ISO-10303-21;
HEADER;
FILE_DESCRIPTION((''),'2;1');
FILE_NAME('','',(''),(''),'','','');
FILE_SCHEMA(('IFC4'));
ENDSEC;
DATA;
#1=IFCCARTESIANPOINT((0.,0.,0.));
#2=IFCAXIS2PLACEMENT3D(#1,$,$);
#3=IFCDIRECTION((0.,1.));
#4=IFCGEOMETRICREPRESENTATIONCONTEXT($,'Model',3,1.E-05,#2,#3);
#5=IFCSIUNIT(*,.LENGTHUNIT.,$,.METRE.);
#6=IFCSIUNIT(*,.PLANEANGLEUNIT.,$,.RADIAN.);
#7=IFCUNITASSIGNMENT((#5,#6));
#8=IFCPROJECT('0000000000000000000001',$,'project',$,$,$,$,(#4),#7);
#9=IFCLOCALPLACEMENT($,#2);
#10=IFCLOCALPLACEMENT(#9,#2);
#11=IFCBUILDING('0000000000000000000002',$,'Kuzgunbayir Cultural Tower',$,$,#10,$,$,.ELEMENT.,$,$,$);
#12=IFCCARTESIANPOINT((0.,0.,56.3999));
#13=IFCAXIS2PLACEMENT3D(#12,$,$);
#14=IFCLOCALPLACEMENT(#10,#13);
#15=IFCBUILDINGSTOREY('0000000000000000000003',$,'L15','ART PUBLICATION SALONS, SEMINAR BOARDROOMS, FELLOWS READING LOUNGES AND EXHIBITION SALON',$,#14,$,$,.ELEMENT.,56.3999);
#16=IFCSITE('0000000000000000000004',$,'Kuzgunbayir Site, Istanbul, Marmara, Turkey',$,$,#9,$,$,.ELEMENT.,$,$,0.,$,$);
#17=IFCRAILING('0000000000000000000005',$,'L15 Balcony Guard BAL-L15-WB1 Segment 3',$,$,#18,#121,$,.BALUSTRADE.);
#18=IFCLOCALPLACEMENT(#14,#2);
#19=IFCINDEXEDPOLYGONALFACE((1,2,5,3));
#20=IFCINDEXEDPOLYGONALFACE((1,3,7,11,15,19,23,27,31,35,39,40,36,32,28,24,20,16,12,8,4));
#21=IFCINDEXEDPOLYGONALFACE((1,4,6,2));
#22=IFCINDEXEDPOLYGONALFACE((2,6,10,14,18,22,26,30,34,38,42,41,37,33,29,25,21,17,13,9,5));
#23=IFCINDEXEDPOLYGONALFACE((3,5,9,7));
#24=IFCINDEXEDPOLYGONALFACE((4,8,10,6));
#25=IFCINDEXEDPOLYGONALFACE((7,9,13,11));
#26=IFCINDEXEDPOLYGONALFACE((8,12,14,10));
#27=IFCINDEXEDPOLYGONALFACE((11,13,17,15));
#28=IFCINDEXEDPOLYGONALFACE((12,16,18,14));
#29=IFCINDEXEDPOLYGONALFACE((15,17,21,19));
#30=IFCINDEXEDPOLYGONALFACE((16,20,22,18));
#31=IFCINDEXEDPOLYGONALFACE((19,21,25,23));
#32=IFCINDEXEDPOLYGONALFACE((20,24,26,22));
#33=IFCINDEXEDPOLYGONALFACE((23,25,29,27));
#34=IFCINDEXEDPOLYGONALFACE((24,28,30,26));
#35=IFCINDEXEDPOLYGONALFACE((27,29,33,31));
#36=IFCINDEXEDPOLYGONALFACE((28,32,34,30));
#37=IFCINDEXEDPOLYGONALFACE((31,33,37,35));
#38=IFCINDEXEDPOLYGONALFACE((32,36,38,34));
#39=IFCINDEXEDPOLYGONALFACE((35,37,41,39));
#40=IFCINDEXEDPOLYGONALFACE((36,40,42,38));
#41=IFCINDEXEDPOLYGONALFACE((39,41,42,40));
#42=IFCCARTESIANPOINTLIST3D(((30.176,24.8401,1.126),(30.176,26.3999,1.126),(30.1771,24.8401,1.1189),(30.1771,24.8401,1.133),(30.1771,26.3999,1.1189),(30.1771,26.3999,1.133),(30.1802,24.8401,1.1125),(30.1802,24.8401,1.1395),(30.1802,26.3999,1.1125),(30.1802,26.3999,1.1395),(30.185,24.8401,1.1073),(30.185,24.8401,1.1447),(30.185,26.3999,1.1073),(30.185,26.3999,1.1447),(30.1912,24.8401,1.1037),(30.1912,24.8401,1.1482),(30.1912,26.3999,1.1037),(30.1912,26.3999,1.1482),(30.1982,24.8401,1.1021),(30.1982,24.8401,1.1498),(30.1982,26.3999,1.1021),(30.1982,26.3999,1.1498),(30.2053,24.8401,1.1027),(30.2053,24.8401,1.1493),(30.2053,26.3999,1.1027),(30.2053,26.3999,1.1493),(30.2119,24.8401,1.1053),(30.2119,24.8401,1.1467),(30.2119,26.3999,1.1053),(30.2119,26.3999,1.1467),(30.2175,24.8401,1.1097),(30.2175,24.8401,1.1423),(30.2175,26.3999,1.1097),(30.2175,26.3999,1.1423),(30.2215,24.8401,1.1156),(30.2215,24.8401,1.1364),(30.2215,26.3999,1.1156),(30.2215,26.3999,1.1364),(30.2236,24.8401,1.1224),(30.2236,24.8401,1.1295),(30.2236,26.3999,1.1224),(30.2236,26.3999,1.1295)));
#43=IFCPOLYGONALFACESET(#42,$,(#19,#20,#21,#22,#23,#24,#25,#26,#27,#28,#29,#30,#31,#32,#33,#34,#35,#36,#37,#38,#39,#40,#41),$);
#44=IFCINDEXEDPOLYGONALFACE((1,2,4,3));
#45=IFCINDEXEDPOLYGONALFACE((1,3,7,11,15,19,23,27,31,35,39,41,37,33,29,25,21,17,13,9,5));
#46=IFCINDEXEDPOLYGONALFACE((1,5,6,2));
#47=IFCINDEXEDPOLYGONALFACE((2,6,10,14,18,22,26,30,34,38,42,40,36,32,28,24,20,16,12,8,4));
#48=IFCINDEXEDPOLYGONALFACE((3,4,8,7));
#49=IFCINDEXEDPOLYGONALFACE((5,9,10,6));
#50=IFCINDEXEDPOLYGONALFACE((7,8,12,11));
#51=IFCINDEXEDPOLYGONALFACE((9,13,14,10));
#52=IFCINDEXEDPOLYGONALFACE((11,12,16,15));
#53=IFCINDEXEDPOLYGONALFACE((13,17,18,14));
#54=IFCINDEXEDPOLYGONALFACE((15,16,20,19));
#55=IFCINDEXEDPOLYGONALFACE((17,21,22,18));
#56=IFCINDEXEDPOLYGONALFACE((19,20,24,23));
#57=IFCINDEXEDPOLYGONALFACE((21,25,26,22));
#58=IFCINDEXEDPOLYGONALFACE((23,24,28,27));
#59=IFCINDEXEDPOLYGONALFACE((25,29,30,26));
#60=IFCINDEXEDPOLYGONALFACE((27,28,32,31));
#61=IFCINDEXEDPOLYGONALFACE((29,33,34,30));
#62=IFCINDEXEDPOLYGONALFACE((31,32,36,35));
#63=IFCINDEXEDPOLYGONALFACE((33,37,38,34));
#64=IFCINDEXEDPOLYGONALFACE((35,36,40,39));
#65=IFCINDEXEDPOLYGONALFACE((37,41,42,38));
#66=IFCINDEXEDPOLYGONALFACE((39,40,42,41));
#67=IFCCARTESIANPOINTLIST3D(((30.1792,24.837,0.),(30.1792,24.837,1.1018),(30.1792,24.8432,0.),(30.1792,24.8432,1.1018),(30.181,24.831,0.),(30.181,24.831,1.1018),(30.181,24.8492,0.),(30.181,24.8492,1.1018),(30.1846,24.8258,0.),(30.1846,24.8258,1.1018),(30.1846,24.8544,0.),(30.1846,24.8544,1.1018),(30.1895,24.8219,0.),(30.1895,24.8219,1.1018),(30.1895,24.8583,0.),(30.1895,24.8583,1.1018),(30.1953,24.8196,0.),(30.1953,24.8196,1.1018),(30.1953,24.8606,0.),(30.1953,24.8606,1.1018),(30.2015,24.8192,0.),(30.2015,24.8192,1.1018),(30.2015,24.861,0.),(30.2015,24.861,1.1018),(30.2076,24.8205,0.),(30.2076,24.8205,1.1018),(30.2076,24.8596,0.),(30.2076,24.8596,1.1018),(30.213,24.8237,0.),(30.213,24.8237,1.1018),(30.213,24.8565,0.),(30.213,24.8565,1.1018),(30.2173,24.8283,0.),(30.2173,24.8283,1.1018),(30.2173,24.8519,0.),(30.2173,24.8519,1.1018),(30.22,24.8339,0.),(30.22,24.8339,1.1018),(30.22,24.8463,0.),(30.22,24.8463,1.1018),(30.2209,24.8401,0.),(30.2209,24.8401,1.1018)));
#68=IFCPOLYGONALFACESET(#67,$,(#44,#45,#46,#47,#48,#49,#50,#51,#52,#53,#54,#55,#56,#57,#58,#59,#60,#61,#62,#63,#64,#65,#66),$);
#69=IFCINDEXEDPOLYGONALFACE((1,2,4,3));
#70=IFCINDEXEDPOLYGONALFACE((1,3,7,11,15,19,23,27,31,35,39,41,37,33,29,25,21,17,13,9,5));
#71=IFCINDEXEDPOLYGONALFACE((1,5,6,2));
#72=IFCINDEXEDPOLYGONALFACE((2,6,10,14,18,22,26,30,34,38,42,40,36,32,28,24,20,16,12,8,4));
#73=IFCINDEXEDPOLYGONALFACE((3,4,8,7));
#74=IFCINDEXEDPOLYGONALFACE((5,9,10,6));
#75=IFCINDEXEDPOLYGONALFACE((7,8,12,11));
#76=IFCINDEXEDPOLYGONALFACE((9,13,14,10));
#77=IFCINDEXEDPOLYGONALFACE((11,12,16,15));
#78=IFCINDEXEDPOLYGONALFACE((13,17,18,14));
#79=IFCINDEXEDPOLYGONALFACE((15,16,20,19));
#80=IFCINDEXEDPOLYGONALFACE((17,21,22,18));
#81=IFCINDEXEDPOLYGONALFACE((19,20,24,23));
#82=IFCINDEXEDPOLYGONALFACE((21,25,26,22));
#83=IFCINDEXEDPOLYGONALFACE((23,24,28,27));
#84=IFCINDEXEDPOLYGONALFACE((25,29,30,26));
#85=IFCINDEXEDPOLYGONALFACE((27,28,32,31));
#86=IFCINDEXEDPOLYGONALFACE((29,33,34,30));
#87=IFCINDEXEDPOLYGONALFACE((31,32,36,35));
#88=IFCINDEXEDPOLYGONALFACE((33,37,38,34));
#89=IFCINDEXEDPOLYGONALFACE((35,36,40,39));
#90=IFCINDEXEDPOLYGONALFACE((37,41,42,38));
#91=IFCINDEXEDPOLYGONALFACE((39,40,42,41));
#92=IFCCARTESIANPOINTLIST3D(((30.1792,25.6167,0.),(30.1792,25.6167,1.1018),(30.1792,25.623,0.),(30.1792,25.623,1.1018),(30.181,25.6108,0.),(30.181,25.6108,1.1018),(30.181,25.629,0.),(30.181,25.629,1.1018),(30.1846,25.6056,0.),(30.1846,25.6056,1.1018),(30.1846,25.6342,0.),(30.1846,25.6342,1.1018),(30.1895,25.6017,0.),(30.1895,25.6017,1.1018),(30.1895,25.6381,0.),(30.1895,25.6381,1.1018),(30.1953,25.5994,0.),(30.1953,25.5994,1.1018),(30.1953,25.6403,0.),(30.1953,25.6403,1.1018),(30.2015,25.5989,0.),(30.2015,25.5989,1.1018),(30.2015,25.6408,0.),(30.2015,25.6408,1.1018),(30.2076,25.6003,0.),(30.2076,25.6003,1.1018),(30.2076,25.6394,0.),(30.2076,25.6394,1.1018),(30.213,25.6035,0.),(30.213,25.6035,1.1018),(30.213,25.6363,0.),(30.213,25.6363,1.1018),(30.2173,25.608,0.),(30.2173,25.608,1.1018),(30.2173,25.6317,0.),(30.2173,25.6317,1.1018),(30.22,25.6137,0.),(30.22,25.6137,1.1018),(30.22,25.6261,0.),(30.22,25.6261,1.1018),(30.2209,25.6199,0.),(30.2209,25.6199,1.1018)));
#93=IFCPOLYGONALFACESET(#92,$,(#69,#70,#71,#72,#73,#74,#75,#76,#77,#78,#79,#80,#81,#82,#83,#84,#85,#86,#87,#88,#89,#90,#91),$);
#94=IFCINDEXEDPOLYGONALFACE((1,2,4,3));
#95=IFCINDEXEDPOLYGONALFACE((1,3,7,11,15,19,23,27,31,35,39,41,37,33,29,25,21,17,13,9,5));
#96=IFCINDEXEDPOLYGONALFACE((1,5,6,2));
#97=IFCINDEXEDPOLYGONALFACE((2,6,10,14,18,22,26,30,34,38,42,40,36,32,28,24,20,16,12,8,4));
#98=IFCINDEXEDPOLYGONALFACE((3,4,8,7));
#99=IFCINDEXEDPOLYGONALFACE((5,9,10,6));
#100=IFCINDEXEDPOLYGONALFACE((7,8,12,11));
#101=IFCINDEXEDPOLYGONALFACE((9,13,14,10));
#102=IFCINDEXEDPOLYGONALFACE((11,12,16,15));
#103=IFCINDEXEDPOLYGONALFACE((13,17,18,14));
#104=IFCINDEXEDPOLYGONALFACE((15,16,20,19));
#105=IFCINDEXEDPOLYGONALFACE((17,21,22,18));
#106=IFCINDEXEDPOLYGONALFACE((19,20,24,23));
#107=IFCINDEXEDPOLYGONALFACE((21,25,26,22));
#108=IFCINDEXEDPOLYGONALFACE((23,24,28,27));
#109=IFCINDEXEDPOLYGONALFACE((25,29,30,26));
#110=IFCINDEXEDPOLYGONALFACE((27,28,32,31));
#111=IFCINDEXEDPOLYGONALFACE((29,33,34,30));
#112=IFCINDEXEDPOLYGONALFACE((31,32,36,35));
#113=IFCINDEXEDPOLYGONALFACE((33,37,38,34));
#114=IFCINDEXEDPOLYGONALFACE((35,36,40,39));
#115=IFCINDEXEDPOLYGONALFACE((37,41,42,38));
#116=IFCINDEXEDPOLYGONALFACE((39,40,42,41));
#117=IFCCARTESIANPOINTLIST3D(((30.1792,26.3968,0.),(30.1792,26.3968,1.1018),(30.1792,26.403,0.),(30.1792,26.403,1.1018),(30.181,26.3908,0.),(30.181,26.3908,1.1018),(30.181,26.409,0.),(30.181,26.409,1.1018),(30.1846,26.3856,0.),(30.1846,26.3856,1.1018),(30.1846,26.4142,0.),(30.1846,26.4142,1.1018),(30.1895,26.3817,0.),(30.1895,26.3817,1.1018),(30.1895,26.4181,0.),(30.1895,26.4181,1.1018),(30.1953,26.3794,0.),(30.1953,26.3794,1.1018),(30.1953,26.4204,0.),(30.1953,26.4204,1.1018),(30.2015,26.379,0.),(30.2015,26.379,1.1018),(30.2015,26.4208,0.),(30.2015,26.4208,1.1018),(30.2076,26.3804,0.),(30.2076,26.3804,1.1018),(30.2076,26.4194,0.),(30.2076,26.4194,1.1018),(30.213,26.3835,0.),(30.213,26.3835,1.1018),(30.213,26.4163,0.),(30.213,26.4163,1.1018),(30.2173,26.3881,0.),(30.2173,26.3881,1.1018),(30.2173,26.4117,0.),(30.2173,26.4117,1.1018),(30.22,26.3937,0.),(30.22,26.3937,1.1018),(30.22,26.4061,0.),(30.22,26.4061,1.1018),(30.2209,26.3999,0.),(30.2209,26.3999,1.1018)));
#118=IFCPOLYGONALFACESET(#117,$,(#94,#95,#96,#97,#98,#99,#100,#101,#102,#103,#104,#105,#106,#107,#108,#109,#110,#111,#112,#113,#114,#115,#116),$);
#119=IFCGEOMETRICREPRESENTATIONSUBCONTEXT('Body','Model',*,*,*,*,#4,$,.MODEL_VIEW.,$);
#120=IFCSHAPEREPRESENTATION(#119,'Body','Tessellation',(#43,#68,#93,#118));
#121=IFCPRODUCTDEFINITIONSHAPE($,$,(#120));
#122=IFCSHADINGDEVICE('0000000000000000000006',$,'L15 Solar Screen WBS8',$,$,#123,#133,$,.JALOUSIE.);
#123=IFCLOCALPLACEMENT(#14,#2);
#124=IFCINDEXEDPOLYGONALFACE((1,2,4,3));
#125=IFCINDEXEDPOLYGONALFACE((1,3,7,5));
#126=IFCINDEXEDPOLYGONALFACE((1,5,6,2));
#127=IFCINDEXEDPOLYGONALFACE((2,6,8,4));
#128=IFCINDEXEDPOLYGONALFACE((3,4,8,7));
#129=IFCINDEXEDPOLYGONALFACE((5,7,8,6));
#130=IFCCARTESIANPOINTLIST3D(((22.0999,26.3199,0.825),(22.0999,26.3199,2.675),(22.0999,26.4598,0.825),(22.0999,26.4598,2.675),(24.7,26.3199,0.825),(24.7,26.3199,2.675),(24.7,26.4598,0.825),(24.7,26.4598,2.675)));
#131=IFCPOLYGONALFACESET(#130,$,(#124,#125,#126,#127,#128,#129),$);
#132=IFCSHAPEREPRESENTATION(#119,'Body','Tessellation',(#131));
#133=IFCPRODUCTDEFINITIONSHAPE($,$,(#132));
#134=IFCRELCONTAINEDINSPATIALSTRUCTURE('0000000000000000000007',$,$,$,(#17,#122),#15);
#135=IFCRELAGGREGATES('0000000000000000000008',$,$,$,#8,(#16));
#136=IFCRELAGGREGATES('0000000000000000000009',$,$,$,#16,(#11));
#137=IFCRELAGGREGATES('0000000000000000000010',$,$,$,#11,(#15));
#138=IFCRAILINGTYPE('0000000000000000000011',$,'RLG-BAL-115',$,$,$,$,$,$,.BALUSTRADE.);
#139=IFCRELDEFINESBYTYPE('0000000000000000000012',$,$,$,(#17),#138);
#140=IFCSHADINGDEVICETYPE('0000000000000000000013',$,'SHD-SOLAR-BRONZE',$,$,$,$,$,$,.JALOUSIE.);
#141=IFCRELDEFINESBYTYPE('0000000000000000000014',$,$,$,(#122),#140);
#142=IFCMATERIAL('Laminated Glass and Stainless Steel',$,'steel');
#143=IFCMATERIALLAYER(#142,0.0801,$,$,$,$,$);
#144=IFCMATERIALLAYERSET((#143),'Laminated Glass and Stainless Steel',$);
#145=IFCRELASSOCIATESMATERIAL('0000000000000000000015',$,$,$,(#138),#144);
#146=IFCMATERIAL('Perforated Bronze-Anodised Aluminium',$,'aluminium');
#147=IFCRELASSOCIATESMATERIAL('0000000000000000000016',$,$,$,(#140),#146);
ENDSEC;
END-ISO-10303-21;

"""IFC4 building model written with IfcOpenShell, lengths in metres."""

from ifc_helpers import new_model, si_unit, direction, frame, origin, origin_2d, place, context, subcontext, project, spatial, rectangle, circle, extrude, material, layer, layer_set, type_object, element, save


model = new_model("IFC4")

# Units and contexts
model_context = context("Model", 3, precision=1e-05, world=origin(), true_north=direction((0.0, 1.0)))
body_context = subcontext(model_context, "Body", "Model", "MODEL_VIEW")
ifc_project = project(units=[si_unit("LENGTHUNIT", "METRE"), si_unit("PLANEANGLEUNIT", "RADIAN")], contexts=[model_context])

# Site, building, storey
site_placement = place(None, origin())
site = spatial("IfcSite", under=ifc_project, at=site_placement, Name="Kuzgunbayir Site, Istanbul, Marmara, Turkey", CompositionType="ELEMENT", RefElevation=0.0)
building_placement = place(site_placement, origin())
building = spatial("IfcBuilding", under=site, at=building_placement, Name="Kuzgunbayir Cultural Tower", CompositionType="ELEMENT")
storey_placement = place(building_placement, frame((0.0, 0.0, 56.3999)))
storey = spatial("IfcBuildingStorey", under=building, at=storey_placement, Name="L15", Description="ART PUBLICATION SALONS, SEMINAR BOARDROOMS, FELLOWS READING LOUNGES AND EXHIBITION SALON", CompositionType="ELEMENT", Elevation=56.3999)

# Railing
ifc_material_1 = material(Name="Laminated Glass and Stainless Steel", Category="steel")
ifc_layer_1 = layer(ifc_material_1, 0.0801)
ifc_layer_set_1 = layer_set([ifc_layer_1], Name="Laminated Glass and Stainless Steel")
railing_type = type_object("IfcRailingType", Name="RLG-BAL-115", PredefinedType="BALUSTRADE", material=ifc_layer_set_1)
railing_1_placement = place(storey_placement, frame((30.2, 24.8401, 0.0)))
element("IfcRailing", 1, at=railing_1_placement, inside=storey, type_object=railing_type, Name="L15 Balcony Guard BAL-L15-WB1 Segment 3", PredefinedType="BALUSTRADE", context=body_context, shape_type="SweptSolid", body=[
    extrude(circle(Radius=0.0239, at=origin_2d()), frame((0.0, 0.0, 1.126), z_axis=(0.0, 1.0, 0.0), x_axis=(-1.0, 0.0, 0.0)), (0.0, 0.0, 1.0), 1.5598),
    extrude(circle(Radius=0.021, at=origin_2d()), origin(), (0.0, 0.0, 1.0), 1.1018),
    extrude(circle(Radius=0.021, at=origin_2d()), frame((0.0, 0.7798, 0.0)), (0.0, 0.0, 1.0), 1.1018),
    extrude(circle(Radius=0.021, at=origin_2d()), frame((0.0, 1.5598, 0.0)), (0.0, 0.0, 1.0), 1.1018),
])

# Shading device
ifc_material_2 = material(Name="Perforated Bronze-Anodised Aluminium", Category="aluminium")
shading_device_type = type_object("IfcShadingDeviceType", Name="SHD-SOLAR-BRONZE", PredefinedType="JALOUSIE", material=ifc_material_2)
shading_device_placement = place(storey_placement, frame((23.3999, 26.3899, 0.825), z_axis=(0.0, 0.0, 1.0), x_axis=(1.0, 0.0, 0.0)))
element("IfcShadingDevice", 2, at=shading_device_placement, inside=storey, type_object=shading_device_type, Name="L15 Solar Screen WBS8", PredefinedType="JALOUSIE", context=body_context, shape_type="SweptSolid", body=[
    extrude(rectangle(XDim=2.6001, YDim=0.1399, at=origin_2d()), origin(), (0.0, 0.0, 1.0), 1.8501),
])

save(model, "model.ifc")
